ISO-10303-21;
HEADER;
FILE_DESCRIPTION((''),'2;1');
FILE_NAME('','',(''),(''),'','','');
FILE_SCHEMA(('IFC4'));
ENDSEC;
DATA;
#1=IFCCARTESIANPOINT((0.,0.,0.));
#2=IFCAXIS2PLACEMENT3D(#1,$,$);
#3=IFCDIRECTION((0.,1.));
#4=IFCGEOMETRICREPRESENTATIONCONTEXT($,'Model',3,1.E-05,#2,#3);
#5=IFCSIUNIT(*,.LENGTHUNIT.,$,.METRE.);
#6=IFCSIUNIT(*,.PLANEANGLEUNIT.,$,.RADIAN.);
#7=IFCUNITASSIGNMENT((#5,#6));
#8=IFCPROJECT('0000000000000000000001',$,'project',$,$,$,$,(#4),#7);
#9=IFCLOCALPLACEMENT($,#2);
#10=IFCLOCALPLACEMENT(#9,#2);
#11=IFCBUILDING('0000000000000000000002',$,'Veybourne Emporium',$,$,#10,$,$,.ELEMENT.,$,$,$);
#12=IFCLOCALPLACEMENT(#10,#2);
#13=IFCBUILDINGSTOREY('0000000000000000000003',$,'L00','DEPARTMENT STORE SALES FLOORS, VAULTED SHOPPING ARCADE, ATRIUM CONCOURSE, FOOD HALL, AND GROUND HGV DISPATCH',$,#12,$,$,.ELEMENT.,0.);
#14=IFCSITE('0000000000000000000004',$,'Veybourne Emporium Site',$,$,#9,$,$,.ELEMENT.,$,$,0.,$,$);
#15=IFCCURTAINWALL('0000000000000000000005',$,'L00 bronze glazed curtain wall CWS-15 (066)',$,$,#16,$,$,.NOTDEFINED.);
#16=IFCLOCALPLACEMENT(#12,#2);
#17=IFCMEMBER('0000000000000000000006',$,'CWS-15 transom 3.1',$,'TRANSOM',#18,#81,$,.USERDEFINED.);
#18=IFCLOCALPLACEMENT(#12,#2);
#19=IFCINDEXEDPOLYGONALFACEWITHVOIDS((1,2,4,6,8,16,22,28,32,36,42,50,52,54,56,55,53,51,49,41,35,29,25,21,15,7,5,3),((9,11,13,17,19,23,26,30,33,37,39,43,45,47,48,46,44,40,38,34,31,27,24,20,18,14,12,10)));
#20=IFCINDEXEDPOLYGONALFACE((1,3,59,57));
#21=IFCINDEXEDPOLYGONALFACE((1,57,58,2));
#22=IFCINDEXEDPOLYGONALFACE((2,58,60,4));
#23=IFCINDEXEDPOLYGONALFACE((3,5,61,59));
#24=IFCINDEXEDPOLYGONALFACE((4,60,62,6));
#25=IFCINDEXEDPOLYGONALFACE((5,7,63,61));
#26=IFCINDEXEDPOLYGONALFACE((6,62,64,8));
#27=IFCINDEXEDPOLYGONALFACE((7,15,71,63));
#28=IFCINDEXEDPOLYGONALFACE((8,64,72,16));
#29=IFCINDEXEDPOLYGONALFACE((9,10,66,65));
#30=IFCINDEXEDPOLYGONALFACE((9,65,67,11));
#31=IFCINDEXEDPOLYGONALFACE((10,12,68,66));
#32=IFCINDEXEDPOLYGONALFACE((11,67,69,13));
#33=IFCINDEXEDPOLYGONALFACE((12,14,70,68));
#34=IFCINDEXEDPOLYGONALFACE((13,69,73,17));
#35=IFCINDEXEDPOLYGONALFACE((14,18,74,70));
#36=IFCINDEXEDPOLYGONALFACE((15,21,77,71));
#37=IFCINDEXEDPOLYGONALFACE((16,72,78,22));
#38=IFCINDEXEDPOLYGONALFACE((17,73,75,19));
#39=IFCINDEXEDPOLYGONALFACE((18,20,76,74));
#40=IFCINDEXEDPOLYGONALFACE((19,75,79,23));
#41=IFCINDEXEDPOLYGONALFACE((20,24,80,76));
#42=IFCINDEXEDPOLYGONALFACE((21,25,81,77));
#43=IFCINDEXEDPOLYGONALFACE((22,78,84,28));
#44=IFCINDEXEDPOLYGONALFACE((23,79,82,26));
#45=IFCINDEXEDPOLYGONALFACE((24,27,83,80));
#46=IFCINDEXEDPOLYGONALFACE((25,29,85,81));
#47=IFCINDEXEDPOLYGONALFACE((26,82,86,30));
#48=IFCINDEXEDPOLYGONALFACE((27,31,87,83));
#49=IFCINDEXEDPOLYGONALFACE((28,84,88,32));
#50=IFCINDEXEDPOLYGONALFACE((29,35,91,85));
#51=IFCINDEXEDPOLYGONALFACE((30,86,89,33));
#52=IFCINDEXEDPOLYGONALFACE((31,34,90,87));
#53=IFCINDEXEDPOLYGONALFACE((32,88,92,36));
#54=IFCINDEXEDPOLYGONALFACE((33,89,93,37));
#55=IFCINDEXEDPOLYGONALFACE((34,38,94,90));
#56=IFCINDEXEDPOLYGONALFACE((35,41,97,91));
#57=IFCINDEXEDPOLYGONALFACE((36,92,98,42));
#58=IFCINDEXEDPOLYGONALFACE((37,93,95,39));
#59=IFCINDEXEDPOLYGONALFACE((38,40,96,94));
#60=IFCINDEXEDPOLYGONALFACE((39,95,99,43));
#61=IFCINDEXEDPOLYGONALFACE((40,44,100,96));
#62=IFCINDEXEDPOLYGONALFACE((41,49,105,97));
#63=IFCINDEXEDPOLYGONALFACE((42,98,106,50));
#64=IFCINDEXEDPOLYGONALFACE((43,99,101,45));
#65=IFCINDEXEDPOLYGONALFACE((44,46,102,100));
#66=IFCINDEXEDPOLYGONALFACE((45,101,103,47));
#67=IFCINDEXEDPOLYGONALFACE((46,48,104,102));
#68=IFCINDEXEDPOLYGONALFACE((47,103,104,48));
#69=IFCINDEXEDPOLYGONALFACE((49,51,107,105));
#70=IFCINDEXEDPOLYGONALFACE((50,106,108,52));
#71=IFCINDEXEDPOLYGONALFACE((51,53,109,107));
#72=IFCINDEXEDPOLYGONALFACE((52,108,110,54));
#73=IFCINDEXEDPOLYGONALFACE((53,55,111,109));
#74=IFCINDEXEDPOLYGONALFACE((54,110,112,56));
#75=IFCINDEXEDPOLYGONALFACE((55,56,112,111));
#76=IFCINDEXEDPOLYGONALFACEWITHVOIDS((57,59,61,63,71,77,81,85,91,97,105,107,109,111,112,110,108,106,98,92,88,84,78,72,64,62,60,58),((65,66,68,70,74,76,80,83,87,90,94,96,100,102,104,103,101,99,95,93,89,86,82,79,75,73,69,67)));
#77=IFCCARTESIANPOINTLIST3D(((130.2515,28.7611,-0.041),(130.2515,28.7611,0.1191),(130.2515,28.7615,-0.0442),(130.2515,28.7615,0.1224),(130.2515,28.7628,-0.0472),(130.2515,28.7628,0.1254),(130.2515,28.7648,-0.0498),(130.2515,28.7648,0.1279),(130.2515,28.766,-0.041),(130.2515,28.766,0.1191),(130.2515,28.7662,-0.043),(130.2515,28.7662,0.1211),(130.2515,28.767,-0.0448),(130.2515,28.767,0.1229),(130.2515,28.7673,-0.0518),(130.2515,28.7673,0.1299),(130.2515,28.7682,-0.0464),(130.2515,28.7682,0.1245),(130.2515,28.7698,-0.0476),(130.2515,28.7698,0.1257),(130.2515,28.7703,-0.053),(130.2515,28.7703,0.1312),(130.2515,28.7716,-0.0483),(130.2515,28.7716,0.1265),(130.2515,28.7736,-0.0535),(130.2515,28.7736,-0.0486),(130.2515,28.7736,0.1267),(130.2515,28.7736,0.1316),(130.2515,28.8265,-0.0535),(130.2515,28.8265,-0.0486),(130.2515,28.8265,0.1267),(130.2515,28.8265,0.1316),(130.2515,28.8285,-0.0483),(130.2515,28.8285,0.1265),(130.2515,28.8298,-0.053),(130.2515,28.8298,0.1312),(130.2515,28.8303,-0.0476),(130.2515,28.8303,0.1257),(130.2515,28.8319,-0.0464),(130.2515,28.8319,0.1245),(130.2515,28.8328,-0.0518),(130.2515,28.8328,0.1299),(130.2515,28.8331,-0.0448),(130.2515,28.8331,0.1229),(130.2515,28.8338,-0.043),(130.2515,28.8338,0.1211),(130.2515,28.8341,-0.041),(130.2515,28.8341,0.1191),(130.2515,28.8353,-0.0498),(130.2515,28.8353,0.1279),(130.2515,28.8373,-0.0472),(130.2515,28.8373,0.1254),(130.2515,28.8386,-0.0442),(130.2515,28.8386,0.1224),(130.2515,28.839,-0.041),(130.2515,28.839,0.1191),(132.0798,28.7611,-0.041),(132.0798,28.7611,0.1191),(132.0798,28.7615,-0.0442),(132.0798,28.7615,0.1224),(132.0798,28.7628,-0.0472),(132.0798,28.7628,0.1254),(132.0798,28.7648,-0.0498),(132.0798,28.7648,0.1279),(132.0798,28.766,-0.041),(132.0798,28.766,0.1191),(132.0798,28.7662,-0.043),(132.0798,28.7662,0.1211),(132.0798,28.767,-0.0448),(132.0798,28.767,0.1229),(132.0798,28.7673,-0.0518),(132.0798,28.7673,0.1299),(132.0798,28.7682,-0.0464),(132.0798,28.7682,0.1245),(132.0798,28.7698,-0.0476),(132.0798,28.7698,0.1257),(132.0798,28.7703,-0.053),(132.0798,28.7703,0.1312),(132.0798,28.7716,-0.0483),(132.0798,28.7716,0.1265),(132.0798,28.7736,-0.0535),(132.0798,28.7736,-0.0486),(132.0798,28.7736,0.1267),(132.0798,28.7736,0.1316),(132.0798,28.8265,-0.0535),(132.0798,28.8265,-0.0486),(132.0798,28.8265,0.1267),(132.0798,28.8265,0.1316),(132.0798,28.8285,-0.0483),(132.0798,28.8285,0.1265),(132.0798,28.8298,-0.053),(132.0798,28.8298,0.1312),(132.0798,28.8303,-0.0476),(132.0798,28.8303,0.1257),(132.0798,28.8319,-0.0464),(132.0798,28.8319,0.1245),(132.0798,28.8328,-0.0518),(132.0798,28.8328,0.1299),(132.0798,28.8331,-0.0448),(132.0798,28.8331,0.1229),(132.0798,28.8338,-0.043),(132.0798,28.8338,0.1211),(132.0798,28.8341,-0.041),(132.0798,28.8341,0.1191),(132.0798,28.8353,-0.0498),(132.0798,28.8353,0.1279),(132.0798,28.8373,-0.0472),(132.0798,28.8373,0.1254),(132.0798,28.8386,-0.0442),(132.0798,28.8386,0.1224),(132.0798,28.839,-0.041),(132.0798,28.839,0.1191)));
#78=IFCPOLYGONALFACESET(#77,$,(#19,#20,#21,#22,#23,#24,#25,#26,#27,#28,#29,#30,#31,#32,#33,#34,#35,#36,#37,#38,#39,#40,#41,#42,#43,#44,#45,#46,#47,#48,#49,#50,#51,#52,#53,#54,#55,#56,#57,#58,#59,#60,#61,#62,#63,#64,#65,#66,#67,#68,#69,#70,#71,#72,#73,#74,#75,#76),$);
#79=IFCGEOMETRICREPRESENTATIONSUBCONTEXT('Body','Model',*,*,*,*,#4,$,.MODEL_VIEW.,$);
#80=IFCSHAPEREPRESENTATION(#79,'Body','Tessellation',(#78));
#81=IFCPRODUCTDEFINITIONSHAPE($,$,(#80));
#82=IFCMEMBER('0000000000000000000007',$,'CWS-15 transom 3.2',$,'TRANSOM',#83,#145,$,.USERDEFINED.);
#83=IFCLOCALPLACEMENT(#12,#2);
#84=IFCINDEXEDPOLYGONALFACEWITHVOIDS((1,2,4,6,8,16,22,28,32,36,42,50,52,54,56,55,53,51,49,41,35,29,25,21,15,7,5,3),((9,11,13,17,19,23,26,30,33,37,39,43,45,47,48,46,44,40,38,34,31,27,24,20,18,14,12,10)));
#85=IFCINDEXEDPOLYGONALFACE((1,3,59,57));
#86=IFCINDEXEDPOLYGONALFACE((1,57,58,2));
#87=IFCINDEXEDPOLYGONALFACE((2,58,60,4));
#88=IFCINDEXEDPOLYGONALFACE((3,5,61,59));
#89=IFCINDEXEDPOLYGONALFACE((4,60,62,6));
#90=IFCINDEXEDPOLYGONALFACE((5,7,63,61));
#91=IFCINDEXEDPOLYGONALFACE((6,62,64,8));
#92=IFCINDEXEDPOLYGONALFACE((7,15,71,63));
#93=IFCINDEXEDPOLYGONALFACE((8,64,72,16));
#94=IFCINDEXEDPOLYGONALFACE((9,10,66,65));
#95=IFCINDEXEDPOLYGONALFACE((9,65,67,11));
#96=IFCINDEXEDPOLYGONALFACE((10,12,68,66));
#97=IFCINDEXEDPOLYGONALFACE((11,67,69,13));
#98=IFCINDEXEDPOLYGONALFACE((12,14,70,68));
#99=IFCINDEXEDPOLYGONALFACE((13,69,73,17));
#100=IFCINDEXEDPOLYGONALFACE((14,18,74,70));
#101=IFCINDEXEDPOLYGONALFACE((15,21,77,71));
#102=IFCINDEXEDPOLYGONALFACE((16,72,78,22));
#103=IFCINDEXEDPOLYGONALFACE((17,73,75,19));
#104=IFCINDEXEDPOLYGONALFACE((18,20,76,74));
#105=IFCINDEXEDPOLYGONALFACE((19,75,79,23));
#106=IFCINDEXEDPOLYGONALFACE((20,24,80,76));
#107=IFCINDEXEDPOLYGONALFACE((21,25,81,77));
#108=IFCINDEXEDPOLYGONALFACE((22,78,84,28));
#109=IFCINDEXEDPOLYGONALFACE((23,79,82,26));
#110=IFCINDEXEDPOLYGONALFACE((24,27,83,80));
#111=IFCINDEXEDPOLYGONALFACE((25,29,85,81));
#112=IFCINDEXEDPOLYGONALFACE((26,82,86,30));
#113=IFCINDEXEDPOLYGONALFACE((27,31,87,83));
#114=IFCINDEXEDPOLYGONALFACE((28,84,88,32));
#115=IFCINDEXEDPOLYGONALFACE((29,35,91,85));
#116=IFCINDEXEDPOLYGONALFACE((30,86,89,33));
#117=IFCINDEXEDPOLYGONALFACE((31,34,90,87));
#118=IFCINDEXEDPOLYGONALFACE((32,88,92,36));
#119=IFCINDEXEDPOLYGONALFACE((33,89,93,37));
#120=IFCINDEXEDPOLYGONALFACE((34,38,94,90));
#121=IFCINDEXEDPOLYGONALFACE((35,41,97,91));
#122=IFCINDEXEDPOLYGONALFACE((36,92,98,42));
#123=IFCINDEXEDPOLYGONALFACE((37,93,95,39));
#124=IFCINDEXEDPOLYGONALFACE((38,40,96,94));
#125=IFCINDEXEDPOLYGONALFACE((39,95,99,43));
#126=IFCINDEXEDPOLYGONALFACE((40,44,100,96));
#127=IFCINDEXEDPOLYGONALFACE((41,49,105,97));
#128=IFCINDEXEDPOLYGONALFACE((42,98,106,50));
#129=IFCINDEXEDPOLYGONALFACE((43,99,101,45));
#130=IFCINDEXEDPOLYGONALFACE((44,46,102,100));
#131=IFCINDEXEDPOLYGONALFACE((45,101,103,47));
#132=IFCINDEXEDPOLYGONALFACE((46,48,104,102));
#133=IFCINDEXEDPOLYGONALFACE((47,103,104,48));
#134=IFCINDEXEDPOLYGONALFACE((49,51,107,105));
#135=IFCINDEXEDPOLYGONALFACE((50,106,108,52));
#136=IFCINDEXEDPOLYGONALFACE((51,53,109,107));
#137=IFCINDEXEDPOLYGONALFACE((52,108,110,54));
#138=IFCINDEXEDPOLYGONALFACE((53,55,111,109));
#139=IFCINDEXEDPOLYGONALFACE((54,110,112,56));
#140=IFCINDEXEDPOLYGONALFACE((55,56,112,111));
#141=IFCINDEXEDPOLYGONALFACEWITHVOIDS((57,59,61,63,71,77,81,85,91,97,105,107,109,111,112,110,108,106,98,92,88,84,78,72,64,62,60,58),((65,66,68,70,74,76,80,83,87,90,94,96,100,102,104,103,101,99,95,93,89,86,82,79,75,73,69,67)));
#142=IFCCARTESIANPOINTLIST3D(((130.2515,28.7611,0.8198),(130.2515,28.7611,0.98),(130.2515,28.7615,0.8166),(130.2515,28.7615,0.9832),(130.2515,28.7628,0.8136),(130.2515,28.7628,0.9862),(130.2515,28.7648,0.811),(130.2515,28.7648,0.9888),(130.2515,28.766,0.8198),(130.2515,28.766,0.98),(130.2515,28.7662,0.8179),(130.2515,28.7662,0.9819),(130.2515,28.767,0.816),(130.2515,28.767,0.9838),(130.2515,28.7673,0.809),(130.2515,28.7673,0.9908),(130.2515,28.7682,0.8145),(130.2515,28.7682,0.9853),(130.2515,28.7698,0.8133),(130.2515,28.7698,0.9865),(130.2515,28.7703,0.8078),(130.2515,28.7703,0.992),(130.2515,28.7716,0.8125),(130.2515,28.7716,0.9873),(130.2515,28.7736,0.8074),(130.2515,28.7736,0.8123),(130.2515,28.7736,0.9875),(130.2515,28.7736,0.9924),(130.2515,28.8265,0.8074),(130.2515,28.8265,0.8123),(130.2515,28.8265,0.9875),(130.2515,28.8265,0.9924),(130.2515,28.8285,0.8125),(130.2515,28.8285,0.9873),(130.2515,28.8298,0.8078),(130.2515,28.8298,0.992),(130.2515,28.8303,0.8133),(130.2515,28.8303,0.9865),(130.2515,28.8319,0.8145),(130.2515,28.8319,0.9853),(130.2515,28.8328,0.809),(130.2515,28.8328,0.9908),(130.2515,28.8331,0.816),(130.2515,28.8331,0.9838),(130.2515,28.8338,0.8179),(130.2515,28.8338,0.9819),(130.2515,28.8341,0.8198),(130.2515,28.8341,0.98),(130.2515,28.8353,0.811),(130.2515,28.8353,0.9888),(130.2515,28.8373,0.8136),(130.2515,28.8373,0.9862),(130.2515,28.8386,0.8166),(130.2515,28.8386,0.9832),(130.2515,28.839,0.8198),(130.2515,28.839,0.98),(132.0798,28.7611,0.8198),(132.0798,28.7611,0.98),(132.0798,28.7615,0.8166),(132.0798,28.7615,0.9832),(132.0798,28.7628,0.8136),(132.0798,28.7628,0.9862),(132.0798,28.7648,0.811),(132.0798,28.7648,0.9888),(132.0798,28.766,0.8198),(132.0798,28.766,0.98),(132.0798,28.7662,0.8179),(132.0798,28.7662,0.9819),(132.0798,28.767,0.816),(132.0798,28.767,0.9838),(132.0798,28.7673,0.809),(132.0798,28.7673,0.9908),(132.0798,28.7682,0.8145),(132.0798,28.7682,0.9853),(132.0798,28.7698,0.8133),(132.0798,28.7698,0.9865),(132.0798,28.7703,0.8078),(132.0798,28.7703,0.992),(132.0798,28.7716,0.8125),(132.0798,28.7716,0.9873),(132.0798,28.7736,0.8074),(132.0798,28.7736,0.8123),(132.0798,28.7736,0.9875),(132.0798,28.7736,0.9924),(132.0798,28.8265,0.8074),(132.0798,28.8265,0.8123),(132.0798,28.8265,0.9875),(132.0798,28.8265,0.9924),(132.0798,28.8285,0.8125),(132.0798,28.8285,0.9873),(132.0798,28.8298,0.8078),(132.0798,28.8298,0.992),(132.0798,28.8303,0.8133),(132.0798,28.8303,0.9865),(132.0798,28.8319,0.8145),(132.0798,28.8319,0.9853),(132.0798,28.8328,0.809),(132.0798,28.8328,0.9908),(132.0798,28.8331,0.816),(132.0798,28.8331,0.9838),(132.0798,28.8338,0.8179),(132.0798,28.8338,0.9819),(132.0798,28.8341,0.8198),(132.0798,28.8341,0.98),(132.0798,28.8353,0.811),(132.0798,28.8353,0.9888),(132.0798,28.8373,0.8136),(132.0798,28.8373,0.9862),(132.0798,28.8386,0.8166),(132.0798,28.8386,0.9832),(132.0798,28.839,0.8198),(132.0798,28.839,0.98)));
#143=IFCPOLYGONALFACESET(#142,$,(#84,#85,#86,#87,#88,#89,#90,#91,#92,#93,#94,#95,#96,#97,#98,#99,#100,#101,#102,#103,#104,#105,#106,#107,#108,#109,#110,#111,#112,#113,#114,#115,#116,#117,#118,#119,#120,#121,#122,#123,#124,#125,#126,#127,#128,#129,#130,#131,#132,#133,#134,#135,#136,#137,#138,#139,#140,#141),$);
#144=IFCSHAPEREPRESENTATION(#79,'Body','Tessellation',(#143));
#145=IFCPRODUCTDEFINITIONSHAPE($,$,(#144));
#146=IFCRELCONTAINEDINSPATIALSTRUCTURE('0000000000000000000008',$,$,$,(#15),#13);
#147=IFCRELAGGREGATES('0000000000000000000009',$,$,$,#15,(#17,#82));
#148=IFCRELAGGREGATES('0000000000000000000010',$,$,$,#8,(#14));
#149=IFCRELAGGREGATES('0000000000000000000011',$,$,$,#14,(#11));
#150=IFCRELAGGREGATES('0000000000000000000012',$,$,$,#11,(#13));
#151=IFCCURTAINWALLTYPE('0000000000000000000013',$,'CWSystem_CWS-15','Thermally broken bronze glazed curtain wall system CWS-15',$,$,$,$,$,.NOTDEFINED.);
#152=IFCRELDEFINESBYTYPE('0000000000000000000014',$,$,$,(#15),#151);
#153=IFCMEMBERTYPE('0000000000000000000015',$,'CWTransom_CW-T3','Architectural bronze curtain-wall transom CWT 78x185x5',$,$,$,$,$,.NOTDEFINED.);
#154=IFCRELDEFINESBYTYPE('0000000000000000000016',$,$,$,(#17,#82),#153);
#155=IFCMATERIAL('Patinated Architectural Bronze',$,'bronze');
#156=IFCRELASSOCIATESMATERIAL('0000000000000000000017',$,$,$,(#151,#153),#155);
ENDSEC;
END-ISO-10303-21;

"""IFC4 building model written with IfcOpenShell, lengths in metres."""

from ifc_helpers import new_model, si_unit, direction, frame, origin, origin_2d, place, context, subcontext, project, spatial, hollow_rectangle, extrude, material, material_profile, profile_set, type_object, element, aggregate, save


model = new_model("IFC4")

# Units and contexts
model_context = context("Model", 3, precision=1e-05, world=origin(), true_north=direction((0.0, 1.0)))
body_context = subcontext(model_context, "Body", "Model", "MODEL_VIEW")
ifc_project = project(units=[si_unit("LENGTHUNIT", "METRE"), si_unit("PLANEANGLEUNIT", "RADIAN")], contexts=[model_context])

# Site, building, storey
site_placement = place(None, origin())
site = spatial("IfcSite", under=ifc_project, at=site_placement, Name="Veybourne Emporium Site", CompositionType="ELEMENT", RefElevation=0.0)
building_placement = place(site_placement, origin())
building = spatial("IfcBuilding", under=site, at=building_placement, Name="Veybourne Emporium", CompositionType="ELEMENT")
storey_placement = place(building_placement, origin())
storey = spatial("IfcBuildingStorey", under=building, at=storey_placement, Name="L00", Description="DEPARTMENT STORE SALES FLOORS, VAULTED SHOPPING ARCADE, ATRIUM CONCOURSE, FOOD HALL, AND GROUND HGV DISPATCH", CompositionType="ELEMENT", Elevation=0.0)

# Curtain wall, members
ifc_material_1 = material(Name="Patinated Architectural Bronze", Category="bronze")
curtain_wall_type = type_object("IfcCurtainWallType", Name="CWSystem_CWS-15", Description="Thermally broken bronze glazed curtain wall system CWS-15", PredefinedType="NOTDEFINED", material=ifc_material_1)
curtain_wall_placement = place(storey_placement, origin())
curtain_wall = element("IfcCurtainWall", 1, at=curtain_wall_placement, inside=storey, type_object=curtain_wall_type, Name="L00 bronze glazed curtain wall CWS-15 (066)", PredefinedType="NOTDEFINED")
ifc_material_profile_1 = material_profile(ifc_material_1, hollow_rectangle(XDim=0.0779, YDim=0.1851, WallThickness=0.0049, InnerFilletRadius=0.0076, OuterFilletRadius=0.0125, at=origin_2d()), Name="CWT 78x185x5")
ifc_profile_set_1 = profile_set([ifc_material_profile_1], Name="Patinated Architectural Bronze")
member_type_1 = type_object("IfcMemberType", Name="CWTransom_CW-T3", Description="Architectural bronze curtain-wall transom CWT 78x185x5", PredefinedType="NOTDEFINED", material=ifc_profile_set_1)
member_1_placement = place(storey_placement, frame((130.2515, 28.8, 0.0391), z_axis=(1.0, 0.0, 0.0), x_axis=(0.0, 1.0, 0.0)))
member_1 = element("IfcMember", 2, at=member_1_placement, type_object=member_type_1, Name="CWS-15 transom 3.1", ObjectType="TRANSOM", PredefinedType="USERDEFINED", context=body_context, shape_type="SweptSolid", body=[
    extrude(hollow_rectangle(XDim=0.0779, YDim=0.1851, WallThickness=0.0049, InnerFilletRadius=0.0076, OuterFilletRadius=0.0125, at=origin_2d()), origin(), (0.0, 0.0, 1.0), 1.8284),
])
member_2_placement = place(storey_placement, frame((130.2515, 28.8, 0.8999), z_axis=(1.0, 0.0, 0.0), x_axis=(0.0, 1.0, 0.0)))
member_2 = element("IfcMember", 3, at=member_2_placement, type_object=member_type_1, Name="CWS-15 transom 3.2", ObjectType="TRANSOM", PredefinedType="USERDEFINED", context=body_context, shape_type="SweptSolid", body=[
    extrude(hollow_rectangle(XDim=0.0779, YDim=0.1851, WallThickness=0.0049, InnerFilletRadius=0.0076, OuterFilletRadius=0.0125, at=origin_2d()), origin(), (0.0, 0.0, 1.0), 1.8284),
])
aggregate(curtain_wall, [member_1, member_2])

save(model, "model.ifc")
